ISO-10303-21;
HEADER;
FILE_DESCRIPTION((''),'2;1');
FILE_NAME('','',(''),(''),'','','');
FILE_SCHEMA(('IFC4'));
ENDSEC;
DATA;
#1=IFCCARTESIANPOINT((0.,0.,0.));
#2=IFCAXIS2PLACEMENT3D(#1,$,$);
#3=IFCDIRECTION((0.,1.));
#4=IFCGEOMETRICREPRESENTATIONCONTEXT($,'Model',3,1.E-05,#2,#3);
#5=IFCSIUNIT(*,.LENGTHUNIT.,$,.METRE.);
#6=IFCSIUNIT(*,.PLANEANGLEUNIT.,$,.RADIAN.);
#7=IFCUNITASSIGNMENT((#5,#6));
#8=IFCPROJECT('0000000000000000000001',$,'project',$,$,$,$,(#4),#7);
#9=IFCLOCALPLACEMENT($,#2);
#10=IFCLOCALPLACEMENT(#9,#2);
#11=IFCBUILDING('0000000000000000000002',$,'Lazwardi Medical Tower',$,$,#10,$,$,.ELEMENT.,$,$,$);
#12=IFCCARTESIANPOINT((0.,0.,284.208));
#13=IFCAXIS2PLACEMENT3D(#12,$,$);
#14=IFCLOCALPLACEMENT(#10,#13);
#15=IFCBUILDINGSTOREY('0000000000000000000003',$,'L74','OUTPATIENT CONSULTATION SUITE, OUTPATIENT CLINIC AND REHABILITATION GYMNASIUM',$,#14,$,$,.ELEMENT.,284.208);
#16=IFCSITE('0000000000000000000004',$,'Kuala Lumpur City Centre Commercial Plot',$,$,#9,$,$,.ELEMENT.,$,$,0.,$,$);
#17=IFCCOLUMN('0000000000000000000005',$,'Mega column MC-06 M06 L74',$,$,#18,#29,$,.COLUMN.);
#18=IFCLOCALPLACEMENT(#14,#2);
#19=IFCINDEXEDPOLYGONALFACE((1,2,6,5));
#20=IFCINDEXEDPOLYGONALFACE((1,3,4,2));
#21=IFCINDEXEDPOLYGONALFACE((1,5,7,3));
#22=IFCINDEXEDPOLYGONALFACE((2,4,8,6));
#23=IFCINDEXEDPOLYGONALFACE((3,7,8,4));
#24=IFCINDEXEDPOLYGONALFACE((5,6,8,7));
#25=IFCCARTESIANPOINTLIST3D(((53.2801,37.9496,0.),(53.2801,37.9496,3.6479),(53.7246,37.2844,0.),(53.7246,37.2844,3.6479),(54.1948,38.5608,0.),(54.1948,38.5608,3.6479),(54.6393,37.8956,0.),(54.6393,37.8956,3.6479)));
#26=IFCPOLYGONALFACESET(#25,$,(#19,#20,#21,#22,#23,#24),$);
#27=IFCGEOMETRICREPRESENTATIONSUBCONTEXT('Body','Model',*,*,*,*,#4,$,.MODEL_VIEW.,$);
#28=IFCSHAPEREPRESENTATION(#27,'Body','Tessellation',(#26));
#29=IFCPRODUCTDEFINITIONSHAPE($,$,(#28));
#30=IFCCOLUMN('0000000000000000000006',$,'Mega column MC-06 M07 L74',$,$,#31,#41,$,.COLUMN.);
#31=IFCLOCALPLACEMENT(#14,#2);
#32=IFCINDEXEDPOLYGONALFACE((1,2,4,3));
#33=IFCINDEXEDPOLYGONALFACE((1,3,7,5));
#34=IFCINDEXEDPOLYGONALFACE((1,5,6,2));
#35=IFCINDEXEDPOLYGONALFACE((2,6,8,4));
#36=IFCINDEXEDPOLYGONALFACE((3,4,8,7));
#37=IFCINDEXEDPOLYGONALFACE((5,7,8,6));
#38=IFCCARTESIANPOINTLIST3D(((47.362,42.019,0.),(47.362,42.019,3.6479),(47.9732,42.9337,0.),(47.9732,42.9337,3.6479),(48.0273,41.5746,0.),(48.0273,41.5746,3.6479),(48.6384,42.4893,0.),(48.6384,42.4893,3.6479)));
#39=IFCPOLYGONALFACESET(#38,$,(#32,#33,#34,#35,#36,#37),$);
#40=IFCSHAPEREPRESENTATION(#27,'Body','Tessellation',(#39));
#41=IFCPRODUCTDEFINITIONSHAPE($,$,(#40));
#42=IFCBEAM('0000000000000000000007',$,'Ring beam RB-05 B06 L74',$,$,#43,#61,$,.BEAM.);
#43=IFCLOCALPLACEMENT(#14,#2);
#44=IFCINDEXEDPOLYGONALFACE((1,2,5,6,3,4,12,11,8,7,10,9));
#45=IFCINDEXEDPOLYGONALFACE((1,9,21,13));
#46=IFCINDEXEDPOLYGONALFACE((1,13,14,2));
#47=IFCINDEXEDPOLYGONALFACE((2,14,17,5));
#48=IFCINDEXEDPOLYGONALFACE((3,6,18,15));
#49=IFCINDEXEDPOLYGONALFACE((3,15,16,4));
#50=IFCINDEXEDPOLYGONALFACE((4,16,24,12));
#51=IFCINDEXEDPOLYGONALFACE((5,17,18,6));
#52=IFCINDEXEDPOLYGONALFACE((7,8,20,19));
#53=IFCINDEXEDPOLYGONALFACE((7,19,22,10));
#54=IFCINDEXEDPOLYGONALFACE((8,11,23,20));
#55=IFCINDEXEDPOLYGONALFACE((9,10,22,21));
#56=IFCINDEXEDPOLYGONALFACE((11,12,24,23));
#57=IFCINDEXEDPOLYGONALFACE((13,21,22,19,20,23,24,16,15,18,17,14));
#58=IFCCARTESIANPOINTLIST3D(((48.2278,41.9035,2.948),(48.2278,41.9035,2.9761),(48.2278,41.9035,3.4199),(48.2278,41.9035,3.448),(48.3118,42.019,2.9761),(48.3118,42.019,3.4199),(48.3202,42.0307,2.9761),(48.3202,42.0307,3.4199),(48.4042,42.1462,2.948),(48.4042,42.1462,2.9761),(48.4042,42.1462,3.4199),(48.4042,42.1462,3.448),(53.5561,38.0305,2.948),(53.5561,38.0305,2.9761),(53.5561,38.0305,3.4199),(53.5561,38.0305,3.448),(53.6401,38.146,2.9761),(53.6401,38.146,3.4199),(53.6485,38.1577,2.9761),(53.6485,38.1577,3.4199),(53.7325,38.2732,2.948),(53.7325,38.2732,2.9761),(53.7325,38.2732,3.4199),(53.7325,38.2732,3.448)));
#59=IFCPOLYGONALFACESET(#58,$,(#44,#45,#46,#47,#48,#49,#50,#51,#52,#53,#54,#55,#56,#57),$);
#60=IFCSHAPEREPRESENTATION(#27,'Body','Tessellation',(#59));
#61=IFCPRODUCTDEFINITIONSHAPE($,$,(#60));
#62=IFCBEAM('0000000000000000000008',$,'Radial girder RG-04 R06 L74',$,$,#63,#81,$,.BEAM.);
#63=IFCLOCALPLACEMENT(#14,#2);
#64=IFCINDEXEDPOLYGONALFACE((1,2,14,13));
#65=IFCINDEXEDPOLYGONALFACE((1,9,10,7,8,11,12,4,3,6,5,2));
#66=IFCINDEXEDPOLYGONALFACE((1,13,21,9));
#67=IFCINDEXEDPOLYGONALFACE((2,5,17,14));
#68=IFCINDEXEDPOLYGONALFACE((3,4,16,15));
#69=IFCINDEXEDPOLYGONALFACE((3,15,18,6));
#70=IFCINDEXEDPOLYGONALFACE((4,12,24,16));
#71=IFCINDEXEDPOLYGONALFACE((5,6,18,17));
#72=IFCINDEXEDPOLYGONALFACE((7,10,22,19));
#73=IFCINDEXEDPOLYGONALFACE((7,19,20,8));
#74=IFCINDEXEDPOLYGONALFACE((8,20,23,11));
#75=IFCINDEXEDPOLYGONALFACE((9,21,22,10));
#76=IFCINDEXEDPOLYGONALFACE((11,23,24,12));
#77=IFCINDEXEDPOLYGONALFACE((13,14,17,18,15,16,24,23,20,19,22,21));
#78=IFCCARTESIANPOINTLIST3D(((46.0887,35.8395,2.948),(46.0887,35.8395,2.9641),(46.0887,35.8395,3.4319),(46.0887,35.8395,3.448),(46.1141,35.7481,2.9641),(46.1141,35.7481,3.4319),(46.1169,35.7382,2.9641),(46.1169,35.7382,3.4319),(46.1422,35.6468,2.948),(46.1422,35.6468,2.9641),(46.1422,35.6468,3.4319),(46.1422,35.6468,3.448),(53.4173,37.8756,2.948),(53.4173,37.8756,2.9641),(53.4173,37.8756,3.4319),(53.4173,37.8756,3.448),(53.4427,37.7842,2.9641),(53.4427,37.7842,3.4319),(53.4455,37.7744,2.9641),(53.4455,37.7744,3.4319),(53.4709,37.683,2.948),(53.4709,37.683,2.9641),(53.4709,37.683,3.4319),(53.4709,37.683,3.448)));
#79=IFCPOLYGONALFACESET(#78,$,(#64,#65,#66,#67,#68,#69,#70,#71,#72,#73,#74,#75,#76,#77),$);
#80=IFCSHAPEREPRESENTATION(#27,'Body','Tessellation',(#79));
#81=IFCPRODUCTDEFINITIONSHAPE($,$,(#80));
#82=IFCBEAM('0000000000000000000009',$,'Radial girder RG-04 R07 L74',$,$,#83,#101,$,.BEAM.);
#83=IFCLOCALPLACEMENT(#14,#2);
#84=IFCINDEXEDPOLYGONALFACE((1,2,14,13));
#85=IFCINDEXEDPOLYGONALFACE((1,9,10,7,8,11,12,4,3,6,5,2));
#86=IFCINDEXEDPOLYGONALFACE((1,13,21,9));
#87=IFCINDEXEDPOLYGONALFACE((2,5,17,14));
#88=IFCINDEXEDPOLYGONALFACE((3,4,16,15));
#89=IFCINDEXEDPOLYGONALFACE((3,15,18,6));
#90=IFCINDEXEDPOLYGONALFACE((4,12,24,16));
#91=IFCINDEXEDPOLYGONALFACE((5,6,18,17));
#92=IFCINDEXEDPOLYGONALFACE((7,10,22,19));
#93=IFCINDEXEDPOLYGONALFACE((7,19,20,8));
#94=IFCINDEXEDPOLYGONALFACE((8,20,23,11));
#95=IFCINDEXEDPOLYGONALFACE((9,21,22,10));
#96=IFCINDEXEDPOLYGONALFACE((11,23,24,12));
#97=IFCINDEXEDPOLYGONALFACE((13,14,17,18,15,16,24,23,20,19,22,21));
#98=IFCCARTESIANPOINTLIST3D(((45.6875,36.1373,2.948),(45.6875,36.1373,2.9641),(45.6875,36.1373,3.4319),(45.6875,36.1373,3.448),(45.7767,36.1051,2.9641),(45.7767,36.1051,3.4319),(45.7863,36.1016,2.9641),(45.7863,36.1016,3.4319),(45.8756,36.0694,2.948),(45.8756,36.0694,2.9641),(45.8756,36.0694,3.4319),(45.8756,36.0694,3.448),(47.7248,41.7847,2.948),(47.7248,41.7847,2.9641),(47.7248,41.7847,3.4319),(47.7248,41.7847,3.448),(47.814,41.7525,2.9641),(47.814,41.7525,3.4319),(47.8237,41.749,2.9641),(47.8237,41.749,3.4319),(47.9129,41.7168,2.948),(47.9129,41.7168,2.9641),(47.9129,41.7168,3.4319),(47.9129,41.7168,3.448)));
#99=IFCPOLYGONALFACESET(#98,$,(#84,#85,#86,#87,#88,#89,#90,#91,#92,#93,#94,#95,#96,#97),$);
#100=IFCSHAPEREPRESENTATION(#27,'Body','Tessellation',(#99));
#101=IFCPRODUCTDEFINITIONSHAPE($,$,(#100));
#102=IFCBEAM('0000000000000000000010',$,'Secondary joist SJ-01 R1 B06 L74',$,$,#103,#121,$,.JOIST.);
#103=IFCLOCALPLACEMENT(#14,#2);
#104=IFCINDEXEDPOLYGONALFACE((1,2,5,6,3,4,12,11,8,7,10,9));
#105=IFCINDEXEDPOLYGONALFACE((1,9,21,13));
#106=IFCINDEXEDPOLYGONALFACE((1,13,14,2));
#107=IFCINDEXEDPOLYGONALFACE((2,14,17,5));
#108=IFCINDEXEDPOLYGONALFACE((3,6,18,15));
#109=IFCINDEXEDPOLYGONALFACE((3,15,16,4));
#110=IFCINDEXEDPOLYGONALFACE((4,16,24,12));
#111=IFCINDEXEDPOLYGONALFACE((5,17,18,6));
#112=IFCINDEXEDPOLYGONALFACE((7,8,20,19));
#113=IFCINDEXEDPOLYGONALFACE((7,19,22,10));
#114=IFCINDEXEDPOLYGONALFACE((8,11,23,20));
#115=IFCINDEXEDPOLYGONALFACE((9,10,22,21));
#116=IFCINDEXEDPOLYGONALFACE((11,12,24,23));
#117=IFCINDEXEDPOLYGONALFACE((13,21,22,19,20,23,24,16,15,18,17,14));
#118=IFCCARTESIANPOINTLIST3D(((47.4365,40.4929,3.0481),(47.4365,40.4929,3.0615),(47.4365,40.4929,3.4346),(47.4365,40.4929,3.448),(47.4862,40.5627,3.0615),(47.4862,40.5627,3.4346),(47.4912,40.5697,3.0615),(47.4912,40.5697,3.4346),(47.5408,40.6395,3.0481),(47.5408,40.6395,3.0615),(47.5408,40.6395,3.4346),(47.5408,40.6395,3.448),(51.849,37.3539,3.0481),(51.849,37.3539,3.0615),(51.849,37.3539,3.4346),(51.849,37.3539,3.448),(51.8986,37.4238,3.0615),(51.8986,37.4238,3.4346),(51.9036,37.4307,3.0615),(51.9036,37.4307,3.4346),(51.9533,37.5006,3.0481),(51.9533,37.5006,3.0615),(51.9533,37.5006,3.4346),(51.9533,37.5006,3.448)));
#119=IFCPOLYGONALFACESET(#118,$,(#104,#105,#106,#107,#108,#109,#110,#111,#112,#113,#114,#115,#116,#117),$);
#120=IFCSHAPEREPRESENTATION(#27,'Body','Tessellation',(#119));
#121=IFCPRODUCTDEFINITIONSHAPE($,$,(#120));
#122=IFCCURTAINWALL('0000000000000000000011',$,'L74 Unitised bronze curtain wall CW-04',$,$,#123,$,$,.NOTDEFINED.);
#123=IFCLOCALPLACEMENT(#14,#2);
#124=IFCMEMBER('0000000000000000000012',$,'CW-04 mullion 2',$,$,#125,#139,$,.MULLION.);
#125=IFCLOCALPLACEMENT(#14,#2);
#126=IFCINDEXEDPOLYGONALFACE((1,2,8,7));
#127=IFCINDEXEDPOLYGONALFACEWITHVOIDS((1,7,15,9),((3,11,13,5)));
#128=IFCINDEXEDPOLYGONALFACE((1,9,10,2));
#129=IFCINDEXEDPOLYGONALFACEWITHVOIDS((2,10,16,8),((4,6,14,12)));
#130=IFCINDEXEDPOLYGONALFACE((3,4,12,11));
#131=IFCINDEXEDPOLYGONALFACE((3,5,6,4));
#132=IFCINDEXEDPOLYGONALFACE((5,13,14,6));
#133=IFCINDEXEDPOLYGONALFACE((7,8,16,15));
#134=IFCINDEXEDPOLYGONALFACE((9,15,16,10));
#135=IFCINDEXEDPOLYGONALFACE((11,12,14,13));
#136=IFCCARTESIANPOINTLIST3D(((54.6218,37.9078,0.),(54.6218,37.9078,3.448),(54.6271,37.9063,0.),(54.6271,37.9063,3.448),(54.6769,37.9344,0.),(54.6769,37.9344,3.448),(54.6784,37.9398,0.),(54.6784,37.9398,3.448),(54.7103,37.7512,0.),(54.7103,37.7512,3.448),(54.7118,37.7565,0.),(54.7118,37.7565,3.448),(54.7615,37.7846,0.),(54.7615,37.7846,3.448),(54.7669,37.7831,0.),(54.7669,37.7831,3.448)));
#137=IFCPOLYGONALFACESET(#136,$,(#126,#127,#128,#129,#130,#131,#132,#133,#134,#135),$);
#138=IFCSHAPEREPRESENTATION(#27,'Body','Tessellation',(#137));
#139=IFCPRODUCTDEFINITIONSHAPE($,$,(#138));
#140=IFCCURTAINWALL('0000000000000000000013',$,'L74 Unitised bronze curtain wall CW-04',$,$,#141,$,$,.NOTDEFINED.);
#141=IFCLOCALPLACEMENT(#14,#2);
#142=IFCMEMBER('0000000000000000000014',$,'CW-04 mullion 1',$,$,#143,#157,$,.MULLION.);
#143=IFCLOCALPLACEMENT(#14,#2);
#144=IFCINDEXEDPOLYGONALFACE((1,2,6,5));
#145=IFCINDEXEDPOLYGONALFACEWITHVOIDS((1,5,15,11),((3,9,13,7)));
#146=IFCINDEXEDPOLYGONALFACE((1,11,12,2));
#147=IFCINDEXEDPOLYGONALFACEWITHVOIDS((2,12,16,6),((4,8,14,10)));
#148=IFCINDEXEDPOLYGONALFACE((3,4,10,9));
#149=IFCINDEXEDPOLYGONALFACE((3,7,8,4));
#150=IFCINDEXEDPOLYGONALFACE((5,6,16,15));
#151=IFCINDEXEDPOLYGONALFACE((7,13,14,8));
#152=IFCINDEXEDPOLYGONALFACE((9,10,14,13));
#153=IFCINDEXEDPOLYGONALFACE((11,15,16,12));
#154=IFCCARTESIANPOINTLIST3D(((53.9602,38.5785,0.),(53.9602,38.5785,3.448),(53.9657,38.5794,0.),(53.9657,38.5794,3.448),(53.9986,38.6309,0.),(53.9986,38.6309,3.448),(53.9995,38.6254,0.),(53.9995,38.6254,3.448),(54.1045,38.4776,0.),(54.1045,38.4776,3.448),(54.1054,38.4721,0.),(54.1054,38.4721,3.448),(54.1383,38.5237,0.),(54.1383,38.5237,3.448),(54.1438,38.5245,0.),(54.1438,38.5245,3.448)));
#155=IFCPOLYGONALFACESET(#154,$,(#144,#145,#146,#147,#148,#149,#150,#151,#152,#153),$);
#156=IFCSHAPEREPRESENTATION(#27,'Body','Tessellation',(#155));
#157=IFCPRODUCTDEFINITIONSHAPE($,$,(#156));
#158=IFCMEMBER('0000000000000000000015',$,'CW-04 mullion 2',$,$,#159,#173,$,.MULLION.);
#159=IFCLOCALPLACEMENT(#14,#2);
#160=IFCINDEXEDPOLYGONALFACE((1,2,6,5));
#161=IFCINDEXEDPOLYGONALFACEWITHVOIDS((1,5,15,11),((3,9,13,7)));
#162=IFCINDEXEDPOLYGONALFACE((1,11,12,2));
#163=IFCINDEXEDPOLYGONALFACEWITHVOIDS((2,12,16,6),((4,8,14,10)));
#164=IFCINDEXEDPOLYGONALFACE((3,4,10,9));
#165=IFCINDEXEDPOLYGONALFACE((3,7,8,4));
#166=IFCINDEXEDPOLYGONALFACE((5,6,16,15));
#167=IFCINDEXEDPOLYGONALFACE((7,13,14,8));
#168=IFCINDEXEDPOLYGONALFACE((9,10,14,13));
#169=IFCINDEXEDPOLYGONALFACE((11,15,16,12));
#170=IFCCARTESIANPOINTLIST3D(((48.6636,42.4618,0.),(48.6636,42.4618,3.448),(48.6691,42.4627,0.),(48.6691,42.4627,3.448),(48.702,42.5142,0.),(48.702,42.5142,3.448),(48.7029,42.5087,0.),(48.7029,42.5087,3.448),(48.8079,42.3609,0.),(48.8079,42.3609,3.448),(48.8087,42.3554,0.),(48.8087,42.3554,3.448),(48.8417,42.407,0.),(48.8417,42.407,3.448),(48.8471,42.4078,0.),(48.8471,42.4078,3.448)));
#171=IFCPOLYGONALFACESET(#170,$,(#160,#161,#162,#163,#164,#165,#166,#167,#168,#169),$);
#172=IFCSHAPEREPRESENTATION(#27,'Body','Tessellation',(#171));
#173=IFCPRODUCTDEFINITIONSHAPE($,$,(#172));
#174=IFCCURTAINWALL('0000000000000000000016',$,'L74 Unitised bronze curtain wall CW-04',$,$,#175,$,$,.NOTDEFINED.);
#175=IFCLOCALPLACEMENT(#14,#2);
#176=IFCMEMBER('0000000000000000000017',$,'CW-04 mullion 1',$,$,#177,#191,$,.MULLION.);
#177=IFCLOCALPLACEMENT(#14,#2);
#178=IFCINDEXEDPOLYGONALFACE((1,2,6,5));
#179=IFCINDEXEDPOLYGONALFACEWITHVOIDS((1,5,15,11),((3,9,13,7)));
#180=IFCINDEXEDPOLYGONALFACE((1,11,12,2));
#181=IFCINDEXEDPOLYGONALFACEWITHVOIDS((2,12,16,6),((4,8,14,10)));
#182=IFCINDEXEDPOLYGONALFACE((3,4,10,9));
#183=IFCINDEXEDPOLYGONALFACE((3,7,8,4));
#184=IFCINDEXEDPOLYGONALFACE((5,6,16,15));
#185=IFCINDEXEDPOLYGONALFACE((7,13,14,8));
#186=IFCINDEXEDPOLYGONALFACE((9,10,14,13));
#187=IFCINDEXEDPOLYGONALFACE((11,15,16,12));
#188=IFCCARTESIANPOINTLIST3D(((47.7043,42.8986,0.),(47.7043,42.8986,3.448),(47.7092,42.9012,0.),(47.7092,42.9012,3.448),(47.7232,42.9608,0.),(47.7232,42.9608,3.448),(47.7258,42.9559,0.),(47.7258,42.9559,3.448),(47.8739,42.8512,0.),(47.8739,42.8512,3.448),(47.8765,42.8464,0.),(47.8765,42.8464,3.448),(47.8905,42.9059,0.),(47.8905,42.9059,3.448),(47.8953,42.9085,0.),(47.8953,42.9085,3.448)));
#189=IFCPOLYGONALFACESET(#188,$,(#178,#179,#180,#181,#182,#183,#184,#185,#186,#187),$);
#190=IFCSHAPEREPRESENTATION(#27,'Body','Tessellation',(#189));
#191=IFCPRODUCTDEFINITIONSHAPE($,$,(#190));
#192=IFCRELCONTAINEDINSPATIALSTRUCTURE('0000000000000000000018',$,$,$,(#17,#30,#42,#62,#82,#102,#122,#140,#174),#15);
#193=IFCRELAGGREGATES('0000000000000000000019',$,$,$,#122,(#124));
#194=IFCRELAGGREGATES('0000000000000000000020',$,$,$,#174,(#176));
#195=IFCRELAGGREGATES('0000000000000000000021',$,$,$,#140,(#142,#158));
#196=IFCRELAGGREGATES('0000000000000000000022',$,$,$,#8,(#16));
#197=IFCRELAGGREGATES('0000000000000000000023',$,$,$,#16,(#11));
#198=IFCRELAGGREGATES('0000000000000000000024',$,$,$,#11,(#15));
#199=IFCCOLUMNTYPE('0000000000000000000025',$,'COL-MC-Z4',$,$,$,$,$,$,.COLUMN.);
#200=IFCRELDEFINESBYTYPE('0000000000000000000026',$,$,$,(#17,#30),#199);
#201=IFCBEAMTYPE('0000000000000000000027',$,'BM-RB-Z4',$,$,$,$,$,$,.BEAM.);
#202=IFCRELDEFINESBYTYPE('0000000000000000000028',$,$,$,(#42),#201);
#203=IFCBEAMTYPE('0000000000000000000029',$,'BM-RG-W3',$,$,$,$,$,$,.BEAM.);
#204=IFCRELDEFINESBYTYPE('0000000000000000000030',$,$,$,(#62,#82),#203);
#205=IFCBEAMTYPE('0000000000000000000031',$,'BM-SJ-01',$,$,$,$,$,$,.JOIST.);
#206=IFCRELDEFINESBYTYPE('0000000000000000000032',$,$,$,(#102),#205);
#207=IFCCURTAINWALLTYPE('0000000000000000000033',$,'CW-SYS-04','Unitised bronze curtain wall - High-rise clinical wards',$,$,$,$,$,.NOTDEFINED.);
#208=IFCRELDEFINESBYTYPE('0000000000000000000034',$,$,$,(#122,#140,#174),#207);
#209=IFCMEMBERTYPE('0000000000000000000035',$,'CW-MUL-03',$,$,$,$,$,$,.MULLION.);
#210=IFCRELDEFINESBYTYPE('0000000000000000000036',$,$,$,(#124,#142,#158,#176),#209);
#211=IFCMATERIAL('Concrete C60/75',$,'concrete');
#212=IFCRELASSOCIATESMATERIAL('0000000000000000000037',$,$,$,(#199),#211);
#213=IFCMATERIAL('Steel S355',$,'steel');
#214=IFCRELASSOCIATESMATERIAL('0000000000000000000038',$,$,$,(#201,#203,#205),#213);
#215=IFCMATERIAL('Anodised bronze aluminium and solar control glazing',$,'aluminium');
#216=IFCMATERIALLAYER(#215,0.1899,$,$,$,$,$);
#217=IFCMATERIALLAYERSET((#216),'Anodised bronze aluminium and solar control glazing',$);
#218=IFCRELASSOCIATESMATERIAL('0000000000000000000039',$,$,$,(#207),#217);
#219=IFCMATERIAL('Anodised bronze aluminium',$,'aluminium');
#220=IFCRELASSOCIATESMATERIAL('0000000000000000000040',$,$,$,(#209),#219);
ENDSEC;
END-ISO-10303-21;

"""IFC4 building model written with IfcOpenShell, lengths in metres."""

from ifc_helpers import new_model, si_unit, direction, frame, origin, origin_2d, place, context, subcontext, project, spatial, rectangle, hollow_rectangle, i_section, extrude, material, layer, layer_set, material_profile, profile_set, type_object, element, aggregate, save


model = new_model("IFC4")

# Units and contexts
model_context = context("Model", 3, precision=1e-05, world=origin(), true_north=direction((0.0, 1.0)))
body_context = subcontext(model_context, "Body", "Model", "MODEL_VIEW")
ifc_project = project(units=[si_unit("LENGTHUNIT", "METRE"), si_unit("PLANEANGLEUNIT", "RADIAN")], contexts=[model_context])

# Site, building, storey
site_placement = place(None, origin())
site = spatial("IfcSite", under=ifc_project, at=site_placement, Name="Kuala Lumpur City Centre Commercial Plot", CompositionType="ELEMENT", RefElevation=0.0)
building_placement = place(site_placement, origin())
building = spatial("IfcBuilding", under=site, at=building_placement, Name="Lazwardi Medical Tower", CompositionType="ELEMENT")
storey_placement = place(building_placement, frame((0.0, 0.0, 284.208)))
storey = spatial("IfcBuildingStorey", under=building, at=storey_placement, Name="L74", Description="OUTPATIENT CONSULTATION SUITE, OUTPATIENT CLINIC AND REHABILITATION GYMNASIUM", CompositionType="ELEMENT", Elevation=284.208)

# Columns
ifc_material_1 = material(Name="Concrete C60/75", Category="concrete")
ifc_material_profile_1 = material_profile(ifc_material_1, rectangle(XDim=1.1001, YDim=0.8, at=origin_2d()), Name="CFT-RECT 1100x800")
ifc_profile_set_1 = profile_set([ifc_material_profile_1], Name="Concrete C60/75")
column_type = type_object("IfcColumnType", Name="COL-MC-Z4", PredefinedType="COLUMN", material=ifc_profile_set_1)
for number, where, z_axis, x_axis, name in (
    (1, (53.9597, 37.9226, 0.0), (0.0, 0.0, 1.0), (0.83147, 0.55557, 0.0), "Mega column MC-06 M06 L74"),
    (2, (48.0002, 42.2542, 0.0), (0.0, 0.0, 1.0), (0.55557, 0.83147, 0.0), "Mega column MC-06 M07 L74"),
):
    element("IfcColumn", number, at=place(storey_placement, frame(where, z_axis=z_axis, x_axis=x_axis)), inside=storey, type_object=column_type, Name=name, PredefinedType="COLUMN", context=body_context, shape_type="SweptSolid", body=[
        extrude(rectangle(XDim=1.1001, YDim=0.8, at=origin_2d()), origin(), (0.0, 0.0, 1.0), 3.6479),
    ])

# Beams
ifc_material_2 = material(Name="Steel S355", Category="steel")
ifc_material_profile_2 = material_profile(ifc_material_2, i_section(OverallWidth=0.3, OverallDepth=0.5, WebThickness=0.0144, FlangeThickness=0.0281, at=origin_2d()), Name="HEB 500")
ifc_profile_set_2 = profile_set([ifc_material_profile_2], Name="Steel S355")
beam_type_1 = type_object("IfcBeamType", Name="BM-RB-Z4", PredefinedType="BEAM", material=ifc_profile_set_2)
beam_1_placement = place(storey_placement, frame((53.6443, 38.1519, 3.198), z_axis=(-0.80889, 0.58796, 0.0), x_axis=(-0.58796, -0.80889, 0.0)))
element("IfcBeam", 3, at=beam_1_placement, inside=storey, type_object=beam_type_1, Name="Ring beam RB-05 B06 L74", PredefinedType="BEAM", context=body_context, shape_type="SweptSolid", body=[
    extrude(i_section(OverallWidth=0.3, OverallDepth=0.5, WebThickness=0.0144, FlangeThickness=0.0281, at=origin_2d()), origin(), (0.0, 0.0, 1.0), 6.5872),
])
ifc_material_profile_3 = material_profile(ifc_material_2, i_section(OverallWidth=0.2, OverallDepth=0.5, WebThickness=0.0103, FlangeThickness=0.0161, at=origin_2d()), Name="IPE 500")
ifc_profile_set_3 = profile_set([ifc_material_profile_3], Name="Steel S355")
beam_type_2 = type_object("IfcBeamType", Name="BM-RG-W3", PredefinedType="BEAM", material=ifc_profile_set_3)
beam_2_placement = place(storey_placement, frame((53.4441, 37.7793, 3.198), z_axis=(-0.963504, -0.267694, 0.0), x_axis=(0.267694, -0.963504, 0.0)))
element("IfcBeam", 4, at=beam_2_placement, inside=storey, type_object=beam_type_2, Name="Radial girder RG-04 R06 L74", PredefinedType="BEAM", context=body_context, shape_type="SweptSolid", body=[
    extrude(i_section(OverallWidth=0.2, OverallDepth=0.5, WebThickness=0.0103, FlangeThickness=0.0161, at=origin_2d()), origin(), (0.0, 0.0, 1.0), 7.6062),
])
beam_3_placement = place(storey_placement, frame((47.8188, 41.7507, 3.198), z_axis=(-0.339349, -0.940661, 0.0), x_axis=(0.940661, -0.339349, 0.0)))
element("IfcBeam", 5, at=beam_3_placement, inside=storey, type_object=beam_type_2, Name="Radial girder RG-04 R07 L74", PredefinedType="BEAM", context=body_context, shape_type="SweptSolid", body=[
    extrude(i_section(OverallWidth=0.2, OverallDepth=0.5, WebThickness=0.0103, FlangeThickness=0.0161, at=origin_2d()), origin(), (0.0, 0.0, 1.0), 6.0037),
])
ifc_material_profile_4 = material_profile(ifc_material_2, i_section(OverallWidth=0.1799, OverallDepth=0.3999, WebThickness=0.0085, FlangeThickness=0.0134, at=origin_2d()), Name="IPE 400")
ifc_profile_set_4 = profile_set([ifc_material_profile_4], Name="Steel S355")
beam_type_3 = type_object("IfcBeamType", Name="BM-SJ-01", PredefinedType="JOIST", material=ifc_profile_set_4)
beam_4_placement = place(storey_placement, frame((51.9011, 37.4272, 3.248), z_axis=(-0.814847, 0.579676, 0.0), x_axis=(-0.579676, -0.814847, 0.0)))
element("IfcBeam", 6, at=beam_4_placement, inside=storey, type_object=beam_type_3, Name="Secondary joist SJ-01 R1 B06 L74", PredefinedType="JOIST", context=body_context, shape_type="SweptSolid", body=[
    extrude(i_section(OverallWidth=0.1799, OverallDepth=0.3999, WebThickness=0.0085, FlangeThickness=0.0134, at=origin_2d()), origin(), (0.0, 0.0, 1.0), 5.415),
])

# Curtain wall, member
ifc_material_3 = material(Name="Anodised bronze aluminium and solar control glazing", Category="aluminium")
ifc_layer_1 = layer(ifc_material_3, 0.1899)
ifc_layer_set_1 = layer_set([ifc_layer_1], Name="Anodised bronze aluminium and solar control glazing")
curtain_wall_type = type_object("IfcCurtainWallType", Name="CW-SYS-04", Description="Unitised bronze curtain wall - High-rise clinical wards", PredefinedType="NOTDEFINED", material=ifc_layer_set_1)
curtain_wall_1_placement = place(storey_placement, origin())
curtain_wall_1 = element("IfcCurtainWall", 7, at=curtain_wall_1_placement, inside=storey, type_object=curtain_wall_type, Name="L74 Unitised bronze curtain wall CW-04", PredefinedType="NOTDEFINED")
ifc_material_4 = material(Name="Anodised bronze aluminium", Category="aluminium")
ifc_material_profile_5 = material_profile(ifc_material_4, hollow_rectangle(XDim=0.0649, YDim=0.1799, WallThickness=0.0039, at=origin_2d()), Name="ALU-MULLION 180x65x4")
ifc_profile_set_5 = profile_set([ifc_material_profile_5], Name="Anodised bronze aluminium")
member_type_1 = type_object("IfcMemberType", Name="CW-MUL-03", PredefinedType="MULLION", material=ifc_profile_set_5)
member_1_placement = place(storey_placement, frame((54.6943, 37.8455, 0.0), z_axis=(0.0, 0.0, 1.0), x_axis=(-0.870651, -0.4919, 0.0)))
member_1 = element("IfcMember", 8, at=member_1_placement, type_object=member_type_1, Name="CW-04 mullion 2", PredefinedType="MULLION", context=body_context, shape_type="SweptSolid", body=[
    extrude(hollow_rectangle(XDim=0.0649, YDim=0.1799, WallThickness=0.0039, at=origin_2d()), origin(), (0.0, 0.0, 1.0), 3.448),
])
aggregate(curtain_wall_1, [member_1])

# Curtain wall, members
curtain_wall_2_placement = place(storey_placement, origin())
curtain_wall_2 = element("IfcCurtainWall", 9, at=curtain_wall_2_placement, inside=storey, type_object=curtain_wall_type, Name="L74 Unitised bronze curtain wall CW-04", PredefinedType="NOTDEFINED")
member_2_placement = place(storey_placement, frame((54.052, 38.5515, 0.0), z_axis=(0.0, 0.0, 1.0), x_axis=(-0.591268, -0.806475, 0.0)))
member_2 = element("IfcMember", 10, at=member_2_placement, type_object=member_type_1, Name="CW-04 mullion 1", PredefinedType="MULLION", context=body_context, shape_type="SweptSolid", body=[
    extrude(hollow_rectangle(XDim=0.0649, YDim=0.1799, WallThickness=0.0039, at=origin_2d()), origin(), (0.0, 0.0, 1.0), 3.448),
])
member_3_placement = place(storey_placement, frame((48.7554, 42.4348, 0.0), z_axis=(0.0, 0.0, 1.0), x_axis=(-0.591268, -0.806475, 0.0)))
member_3 = element("IfcMember", 11, at=member_3_placement, type_object=member_type_1, Name="CW-04 mullion 2", PredefinedType="MULLION", context=body_context, shape_type="SweptSolid", body=[
    extrude(hollow_rectangle(XDim=0.0649, YDim=0.1799, WallThickness=0.0039, at=origin_2d()), origin(), (0.0, 0.0, 1.0), 3.448),
])

# Curtain wall, member
curtain_wall_3_placement = place(storey_placement, origin())
curtain_wall_3 = element("IfcCurtainWall", 12, at=curtain_wall_3_placement, inside=storey, type_object=curtain_wall_type, Name="L74 Unitised bronze curtain wall CW-04", PredefinedType="NOTDEFINED")
member_4_placement = place(storey_placement, frame((47.7998, 42.9036, 0.0), z_axis=(0.0, 0.0, 1.0), x_axis=(-0.290582, -0.95685, 0.0)))
member_4 = element("IfcMember", 13, at=member_4_placement, type_object=member_type_1, Name="CW-04 mullion 1", PredefinedType="MULLION", context=body_context, shape_type="SweptSolid", body=[
    extrude(hollow_rectangle(XDim=0.0649, YDim=0.1799, WallThickness=0.0039, at=origin_2d()), origin(), (0.0, 0.0, 1.0), 3.448),
])

aggregate(curtain_wall_3, [member_4])

aggregate(curtain_wall_2, [member_2, member_3])

save(model, "model.ifc")
